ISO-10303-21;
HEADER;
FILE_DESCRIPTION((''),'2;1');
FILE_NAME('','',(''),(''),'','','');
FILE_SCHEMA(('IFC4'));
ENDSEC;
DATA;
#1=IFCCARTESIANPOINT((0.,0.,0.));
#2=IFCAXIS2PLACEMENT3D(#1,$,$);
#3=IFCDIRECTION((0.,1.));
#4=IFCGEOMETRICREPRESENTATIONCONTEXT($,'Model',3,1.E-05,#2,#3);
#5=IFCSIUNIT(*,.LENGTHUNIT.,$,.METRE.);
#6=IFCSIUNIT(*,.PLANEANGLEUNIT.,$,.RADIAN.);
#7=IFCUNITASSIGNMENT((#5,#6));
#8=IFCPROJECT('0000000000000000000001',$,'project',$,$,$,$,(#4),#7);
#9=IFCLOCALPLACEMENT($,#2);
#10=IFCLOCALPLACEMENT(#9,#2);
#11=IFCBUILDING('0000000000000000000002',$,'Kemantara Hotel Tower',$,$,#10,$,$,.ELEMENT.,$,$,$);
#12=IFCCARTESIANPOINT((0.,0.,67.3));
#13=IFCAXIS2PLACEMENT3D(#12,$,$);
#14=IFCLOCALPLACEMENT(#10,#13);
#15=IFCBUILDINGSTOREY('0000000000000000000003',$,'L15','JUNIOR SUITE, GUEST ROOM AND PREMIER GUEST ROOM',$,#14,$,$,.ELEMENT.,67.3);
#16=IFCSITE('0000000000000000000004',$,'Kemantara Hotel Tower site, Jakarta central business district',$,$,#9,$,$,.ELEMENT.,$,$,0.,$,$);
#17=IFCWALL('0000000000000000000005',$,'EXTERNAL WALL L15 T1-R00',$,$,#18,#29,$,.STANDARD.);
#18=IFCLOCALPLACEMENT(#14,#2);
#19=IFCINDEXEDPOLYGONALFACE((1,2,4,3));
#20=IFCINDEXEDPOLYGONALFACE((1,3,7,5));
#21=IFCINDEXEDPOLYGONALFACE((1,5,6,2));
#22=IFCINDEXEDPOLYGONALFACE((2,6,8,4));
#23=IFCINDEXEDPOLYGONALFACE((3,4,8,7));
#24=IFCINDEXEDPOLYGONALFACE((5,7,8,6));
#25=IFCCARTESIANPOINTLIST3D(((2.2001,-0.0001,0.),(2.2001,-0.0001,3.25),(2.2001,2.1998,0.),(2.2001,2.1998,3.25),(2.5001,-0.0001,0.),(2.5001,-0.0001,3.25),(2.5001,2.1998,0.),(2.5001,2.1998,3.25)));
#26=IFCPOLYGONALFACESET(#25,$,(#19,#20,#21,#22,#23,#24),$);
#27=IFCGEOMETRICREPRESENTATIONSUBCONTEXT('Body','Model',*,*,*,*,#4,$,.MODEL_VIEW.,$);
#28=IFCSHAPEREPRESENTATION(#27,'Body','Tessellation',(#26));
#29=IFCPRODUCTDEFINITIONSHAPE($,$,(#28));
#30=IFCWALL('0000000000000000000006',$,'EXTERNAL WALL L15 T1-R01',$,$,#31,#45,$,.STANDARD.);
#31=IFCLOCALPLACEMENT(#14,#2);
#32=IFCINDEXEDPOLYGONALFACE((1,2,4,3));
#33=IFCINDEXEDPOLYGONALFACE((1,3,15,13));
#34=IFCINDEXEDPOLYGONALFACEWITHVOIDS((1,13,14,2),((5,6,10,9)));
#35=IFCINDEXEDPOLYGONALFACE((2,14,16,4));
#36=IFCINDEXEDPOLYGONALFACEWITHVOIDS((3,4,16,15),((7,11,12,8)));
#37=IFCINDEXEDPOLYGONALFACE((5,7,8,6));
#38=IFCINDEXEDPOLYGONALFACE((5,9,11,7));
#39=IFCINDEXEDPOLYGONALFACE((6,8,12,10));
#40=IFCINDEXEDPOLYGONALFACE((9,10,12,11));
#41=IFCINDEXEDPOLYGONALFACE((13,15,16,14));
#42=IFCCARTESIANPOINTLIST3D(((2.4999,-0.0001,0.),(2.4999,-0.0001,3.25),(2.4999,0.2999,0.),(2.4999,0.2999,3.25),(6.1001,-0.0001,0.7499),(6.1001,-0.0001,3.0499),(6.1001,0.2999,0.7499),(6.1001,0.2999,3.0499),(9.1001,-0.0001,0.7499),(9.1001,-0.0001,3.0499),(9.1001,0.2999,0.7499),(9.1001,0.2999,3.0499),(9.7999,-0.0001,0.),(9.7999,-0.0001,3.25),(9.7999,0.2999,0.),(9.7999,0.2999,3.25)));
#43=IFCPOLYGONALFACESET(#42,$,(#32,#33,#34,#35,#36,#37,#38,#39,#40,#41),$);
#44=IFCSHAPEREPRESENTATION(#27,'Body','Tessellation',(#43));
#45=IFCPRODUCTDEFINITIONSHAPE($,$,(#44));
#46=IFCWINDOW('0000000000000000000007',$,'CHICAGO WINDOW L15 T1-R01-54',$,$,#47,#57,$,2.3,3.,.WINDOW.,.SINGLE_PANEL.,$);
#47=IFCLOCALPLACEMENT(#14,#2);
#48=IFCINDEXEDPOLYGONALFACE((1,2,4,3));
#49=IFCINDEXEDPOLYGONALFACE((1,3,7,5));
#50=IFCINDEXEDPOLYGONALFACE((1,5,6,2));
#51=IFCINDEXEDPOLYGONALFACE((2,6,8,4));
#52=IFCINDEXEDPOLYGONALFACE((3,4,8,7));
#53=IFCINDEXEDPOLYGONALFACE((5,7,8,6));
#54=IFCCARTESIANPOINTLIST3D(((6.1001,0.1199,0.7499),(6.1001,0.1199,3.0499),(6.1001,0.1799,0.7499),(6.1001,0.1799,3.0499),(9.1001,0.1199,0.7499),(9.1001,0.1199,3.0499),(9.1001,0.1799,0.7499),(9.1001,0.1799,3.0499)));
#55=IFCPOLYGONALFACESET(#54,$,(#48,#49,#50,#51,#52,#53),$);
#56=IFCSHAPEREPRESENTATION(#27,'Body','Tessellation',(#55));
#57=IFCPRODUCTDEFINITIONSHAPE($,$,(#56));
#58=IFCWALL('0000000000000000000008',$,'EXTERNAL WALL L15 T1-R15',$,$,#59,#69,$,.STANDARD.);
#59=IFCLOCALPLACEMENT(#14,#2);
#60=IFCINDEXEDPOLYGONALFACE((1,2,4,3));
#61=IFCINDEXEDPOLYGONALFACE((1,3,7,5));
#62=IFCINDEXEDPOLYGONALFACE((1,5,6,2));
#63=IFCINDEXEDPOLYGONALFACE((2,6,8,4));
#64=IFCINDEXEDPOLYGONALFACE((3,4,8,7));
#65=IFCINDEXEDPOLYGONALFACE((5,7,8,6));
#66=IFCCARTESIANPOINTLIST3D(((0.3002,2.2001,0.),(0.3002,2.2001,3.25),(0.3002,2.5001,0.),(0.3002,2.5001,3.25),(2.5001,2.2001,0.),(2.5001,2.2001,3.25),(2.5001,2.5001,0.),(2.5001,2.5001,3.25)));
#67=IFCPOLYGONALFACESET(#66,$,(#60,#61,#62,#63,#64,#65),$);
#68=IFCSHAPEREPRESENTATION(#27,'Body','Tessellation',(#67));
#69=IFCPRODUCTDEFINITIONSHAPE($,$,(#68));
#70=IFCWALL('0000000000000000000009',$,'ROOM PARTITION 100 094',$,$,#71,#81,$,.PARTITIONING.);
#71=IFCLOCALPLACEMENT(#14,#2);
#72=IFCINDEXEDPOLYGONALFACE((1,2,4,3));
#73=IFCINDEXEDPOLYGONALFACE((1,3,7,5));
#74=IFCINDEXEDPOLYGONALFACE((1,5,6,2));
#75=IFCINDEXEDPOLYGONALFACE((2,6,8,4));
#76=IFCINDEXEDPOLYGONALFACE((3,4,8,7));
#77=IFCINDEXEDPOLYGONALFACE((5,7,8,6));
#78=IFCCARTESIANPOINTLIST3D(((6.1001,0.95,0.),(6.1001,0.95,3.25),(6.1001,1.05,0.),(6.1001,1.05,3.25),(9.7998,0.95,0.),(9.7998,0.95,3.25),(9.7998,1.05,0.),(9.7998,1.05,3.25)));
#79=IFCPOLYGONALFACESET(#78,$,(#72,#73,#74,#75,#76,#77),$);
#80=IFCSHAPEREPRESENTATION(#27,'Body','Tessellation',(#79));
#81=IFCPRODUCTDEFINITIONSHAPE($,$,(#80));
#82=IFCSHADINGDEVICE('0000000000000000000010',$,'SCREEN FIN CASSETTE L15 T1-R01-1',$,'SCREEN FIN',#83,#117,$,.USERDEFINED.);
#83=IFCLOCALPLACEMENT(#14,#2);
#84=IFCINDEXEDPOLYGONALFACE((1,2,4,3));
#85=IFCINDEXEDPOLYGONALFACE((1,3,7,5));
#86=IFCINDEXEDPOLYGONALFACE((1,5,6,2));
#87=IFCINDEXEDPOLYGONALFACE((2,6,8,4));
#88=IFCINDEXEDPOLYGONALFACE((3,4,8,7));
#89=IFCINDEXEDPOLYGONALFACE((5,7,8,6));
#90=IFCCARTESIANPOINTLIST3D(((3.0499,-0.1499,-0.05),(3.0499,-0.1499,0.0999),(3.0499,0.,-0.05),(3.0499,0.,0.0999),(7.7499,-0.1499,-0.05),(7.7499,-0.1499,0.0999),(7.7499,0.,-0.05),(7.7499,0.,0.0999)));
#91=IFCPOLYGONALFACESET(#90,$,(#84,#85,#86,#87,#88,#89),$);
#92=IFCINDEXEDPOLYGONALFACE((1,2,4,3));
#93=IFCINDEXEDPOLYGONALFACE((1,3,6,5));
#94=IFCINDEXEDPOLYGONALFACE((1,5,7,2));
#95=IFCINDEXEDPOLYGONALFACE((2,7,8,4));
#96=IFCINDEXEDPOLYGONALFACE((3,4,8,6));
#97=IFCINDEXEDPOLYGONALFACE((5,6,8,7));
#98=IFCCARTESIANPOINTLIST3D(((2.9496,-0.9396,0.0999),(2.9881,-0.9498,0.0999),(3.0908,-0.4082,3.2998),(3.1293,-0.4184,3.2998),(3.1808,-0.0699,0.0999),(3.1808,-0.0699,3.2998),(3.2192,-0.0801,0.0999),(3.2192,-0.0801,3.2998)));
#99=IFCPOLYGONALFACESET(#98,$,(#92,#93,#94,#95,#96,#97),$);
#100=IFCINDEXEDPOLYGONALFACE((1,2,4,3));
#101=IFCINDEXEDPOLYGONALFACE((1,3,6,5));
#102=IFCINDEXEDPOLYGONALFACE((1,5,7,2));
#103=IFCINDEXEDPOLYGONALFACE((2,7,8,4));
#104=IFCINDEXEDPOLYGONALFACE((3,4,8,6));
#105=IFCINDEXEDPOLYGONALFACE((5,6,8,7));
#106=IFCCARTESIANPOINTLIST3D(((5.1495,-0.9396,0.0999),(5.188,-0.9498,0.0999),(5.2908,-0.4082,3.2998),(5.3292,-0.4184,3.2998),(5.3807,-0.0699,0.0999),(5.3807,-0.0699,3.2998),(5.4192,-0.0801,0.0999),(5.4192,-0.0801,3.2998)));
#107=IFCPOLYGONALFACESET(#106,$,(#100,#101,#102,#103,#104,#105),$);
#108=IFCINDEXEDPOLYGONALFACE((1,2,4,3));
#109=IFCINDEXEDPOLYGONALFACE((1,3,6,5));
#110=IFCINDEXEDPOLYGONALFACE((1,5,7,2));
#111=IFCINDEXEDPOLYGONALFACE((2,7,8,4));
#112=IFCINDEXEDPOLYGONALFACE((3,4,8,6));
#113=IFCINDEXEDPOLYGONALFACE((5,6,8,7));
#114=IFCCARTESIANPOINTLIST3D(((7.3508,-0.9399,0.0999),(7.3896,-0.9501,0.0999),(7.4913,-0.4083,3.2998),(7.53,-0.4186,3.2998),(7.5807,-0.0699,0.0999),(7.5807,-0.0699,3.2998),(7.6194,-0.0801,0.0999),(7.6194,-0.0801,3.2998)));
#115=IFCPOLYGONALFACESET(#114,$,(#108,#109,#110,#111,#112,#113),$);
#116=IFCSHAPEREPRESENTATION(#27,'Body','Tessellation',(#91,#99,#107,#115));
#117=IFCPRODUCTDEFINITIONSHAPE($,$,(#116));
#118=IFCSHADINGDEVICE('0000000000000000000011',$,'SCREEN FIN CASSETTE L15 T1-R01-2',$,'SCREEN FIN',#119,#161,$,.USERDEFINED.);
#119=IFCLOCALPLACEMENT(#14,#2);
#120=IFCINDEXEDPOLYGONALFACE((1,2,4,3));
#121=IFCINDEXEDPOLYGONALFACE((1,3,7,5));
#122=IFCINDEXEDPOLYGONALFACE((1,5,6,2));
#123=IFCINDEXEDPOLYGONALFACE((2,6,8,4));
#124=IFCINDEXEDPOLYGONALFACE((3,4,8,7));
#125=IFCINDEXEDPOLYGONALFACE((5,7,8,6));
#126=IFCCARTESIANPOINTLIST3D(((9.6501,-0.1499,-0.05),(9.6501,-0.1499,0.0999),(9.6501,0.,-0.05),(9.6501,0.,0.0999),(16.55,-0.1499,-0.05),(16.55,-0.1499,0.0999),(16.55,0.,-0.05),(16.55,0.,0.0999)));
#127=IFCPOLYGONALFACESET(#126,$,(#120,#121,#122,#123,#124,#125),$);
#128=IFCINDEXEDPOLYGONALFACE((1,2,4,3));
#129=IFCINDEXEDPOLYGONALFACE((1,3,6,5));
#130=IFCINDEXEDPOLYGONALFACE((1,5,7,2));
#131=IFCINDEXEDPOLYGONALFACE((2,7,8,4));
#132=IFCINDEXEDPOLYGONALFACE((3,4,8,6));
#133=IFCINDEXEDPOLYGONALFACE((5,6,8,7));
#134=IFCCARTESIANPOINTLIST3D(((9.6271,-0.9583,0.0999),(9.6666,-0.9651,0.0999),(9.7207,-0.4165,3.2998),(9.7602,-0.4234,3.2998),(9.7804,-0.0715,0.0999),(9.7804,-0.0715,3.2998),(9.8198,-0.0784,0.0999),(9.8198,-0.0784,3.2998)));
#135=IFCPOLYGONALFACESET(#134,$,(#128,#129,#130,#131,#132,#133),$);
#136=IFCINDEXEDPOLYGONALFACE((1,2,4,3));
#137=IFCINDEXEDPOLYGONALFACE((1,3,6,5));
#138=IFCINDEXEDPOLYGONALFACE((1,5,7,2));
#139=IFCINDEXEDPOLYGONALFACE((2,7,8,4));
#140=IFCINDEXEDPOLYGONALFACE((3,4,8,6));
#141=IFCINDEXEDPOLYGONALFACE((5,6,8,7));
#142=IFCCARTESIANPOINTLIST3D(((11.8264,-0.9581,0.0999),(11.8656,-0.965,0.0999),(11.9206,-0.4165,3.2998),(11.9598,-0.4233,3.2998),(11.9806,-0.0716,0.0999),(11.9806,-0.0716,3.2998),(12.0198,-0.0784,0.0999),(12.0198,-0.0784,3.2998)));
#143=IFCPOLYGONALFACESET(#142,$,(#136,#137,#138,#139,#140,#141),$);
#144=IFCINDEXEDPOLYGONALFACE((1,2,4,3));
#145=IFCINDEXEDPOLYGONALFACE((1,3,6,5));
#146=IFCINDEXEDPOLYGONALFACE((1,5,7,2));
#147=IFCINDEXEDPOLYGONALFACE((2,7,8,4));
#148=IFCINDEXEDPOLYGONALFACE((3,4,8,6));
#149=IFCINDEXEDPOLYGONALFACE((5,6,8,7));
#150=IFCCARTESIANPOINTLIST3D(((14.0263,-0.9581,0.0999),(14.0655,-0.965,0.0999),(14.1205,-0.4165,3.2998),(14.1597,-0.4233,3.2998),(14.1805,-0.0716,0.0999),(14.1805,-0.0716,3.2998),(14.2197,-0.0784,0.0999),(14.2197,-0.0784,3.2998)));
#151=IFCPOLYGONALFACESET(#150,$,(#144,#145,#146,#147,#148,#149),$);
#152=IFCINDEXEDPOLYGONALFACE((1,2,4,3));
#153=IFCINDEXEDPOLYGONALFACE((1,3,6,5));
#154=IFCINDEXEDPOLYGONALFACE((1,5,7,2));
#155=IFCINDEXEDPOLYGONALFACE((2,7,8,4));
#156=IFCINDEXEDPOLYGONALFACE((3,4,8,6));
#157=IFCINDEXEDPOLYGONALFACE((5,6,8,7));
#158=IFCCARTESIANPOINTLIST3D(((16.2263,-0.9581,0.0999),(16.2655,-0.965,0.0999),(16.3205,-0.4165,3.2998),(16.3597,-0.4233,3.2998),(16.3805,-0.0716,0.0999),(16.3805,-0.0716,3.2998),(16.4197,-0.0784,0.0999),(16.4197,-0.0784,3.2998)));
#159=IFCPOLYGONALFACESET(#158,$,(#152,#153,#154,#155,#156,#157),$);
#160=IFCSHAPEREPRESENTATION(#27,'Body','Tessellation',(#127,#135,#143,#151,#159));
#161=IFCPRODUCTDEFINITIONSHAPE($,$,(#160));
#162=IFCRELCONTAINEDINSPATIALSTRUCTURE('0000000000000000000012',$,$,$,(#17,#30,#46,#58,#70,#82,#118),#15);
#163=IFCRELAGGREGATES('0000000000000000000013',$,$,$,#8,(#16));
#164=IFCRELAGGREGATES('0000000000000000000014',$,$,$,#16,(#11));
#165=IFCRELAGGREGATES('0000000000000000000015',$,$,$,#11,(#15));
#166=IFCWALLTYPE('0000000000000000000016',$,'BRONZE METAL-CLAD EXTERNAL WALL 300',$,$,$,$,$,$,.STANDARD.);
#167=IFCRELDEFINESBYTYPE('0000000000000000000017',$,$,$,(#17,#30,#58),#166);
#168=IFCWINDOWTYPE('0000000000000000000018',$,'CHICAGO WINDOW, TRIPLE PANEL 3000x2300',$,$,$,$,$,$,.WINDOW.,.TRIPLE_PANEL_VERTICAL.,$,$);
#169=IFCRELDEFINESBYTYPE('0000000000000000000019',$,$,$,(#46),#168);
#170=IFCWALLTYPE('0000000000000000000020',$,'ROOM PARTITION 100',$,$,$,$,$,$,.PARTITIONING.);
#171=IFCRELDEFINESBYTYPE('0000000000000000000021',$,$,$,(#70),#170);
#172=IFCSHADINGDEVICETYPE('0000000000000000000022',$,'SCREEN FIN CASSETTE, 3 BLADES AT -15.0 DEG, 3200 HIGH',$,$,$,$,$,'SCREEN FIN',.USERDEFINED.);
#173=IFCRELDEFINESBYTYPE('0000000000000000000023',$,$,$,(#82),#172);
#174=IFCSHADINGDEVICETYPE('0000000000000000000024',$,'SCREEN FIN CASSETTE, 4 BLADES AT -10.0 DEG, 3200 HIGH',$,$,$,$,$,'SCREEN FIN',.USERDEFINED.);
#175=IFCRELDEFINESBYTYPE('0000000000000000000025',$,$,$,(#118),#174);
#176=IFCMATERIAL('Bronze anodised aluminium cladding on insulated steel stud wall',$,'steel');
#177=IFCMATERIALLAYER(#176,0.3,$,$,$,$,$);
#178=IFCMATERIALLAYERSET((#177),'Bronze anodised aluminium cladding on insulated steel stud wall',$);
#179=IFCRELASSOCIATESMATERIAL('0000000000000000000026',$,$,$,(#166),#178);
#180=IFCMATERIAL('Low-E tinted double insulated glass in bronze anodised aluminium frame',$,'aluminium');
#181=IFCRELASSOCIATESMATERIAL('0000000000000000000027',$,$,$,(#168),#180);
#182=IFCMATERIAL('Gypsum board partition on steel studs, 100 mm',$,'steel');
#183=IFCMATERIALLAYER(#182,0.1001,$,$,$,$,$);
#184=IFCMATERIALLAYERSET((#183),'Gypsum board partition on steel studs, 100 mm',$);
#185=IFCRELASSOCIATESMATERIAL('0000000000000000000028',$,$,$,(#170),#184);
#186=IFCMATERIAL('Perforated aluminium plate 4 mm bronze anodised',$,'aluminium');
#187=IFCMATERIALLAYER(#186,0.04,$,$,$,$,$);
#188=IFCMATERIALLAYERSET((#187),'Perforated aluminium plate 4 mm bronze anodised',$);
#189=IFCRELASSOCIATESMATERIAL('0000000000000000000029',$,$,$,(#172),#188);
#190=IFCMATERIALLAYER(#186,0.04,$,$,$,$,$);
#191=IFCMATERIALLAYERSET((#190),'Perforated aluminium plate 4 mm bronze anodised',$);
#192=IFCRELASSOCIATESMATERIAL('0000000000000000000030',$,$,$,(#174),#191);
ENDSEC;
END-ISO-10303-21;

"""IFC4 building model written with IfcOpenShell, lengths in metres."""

from ifc_helpers import new_model, si_unit, direction, frame, frame_2d, origin, origin_2d, place, context, subcontext, project, spatial, polyline, rectangle, outline, extrude, source, transform, mapped, material, layer, layer_set, type_object, element, fill, save


model = new_model("IFC4")

# Units and contexts
model_context = context("Model", 3, precision=1e-05, world=origin(), true_north=direction((0.0, 1.0)))
body_context = subcontext(model_context, "Body", "Model", "MODEL_VIEW")
ifc_project = project(units=[si_unit("LENGTHUNIT", "METRE"), si_unit("PLANEANGLEUNIT", "RADIAN")], contexts=[model_context])

# Site, building, storey
site_placement = place(None, origin())
site = spatial("IfcSite", under=ifc_project, at=site_placement, Name="Kemantara Hotel Tower site, Jakarta central business district", CompositionType="ELEMENT", RefElevation=0.0)
building_placement = place(site_placement, origin())
building = spatial("IfcBuilding", under=site, at=building_placement, Name="Kemantara Hotel Tower", CompositionType="ELEMENT")
storey_placement = place(building_placement, frame((0.0, 0.0, 67.3)))
storey = spatial("IfcBuildingStorey", under=building, at=storey_placement, Name="L15", Description="JUNIOR SUITE, GUEST ROOM AND PREMIER GUEST ROOM", CompositionType="ELEMENT", Elevation=67.3)

# Wall
ifc_material_1 = material(Name="Bronze anodised aluminium cladding on insulated steel stud wall", Category="steel")
ifc_layer_1 = layer(ifc_material_1, 0.3)
ifc_layer_set_1 = layer_set([ifc_layer_1], Name="Bronze anodised aluminium cladding on insulated steel stud wall")
wall_type_1 = type_object("IfcWallType", Name="BRONZE METAL-CLAD EXTERNAL WALL 300", PredefinedType="STANDARD", material=ifc_layer_set_1)
wall_1_placement = place(storey_placement, frame((2.3501, 2.2, 0.0), z_axis=(0.0, 0.0, 1.0), x_axis=(0.0, -1.0, 0.0)))
element("IfcWall", 1, at=wall_1_placement, inside=storey, type_object=wall_type_1, Name="EXTERNAL WALL L15 T1-R00", PredefinedType="STANDARD", context=body_context, shape_type="SweptSolid", body=[
    extrude(rectangle(XDim=2.2, YDim=0.3, at=frame_2d((1.1001, 0.0))), origin(), (0.0, 0.0, 1.0), 3.25),
])

# Wall, opening, window
wall_2_placement = place(storey_placement, frame((2.5, 0.1499, 0.0), z_axis=(0.0, 0.0, 1.0), x_axis=(1.0, 0.0, 0.0)))
wall_2 = element("IfcWall", 2, at=wall_2_placement, inside=storey, type_object=wall_type_1, Name="EXTERNAL WALL L15 T1-R01", PredefinedType="STANDARD", context=body_context, shape_type="SweptSolid", body=[
    extrude(rectangle(XDim=7.3, YDim=0.3, at=frame_2d((3.6499, 0.0))), origin(), (0.0, 0.0, 1.0), 3.25),
])
opening_placement = place(wall_2_placement, frame((3.6001, 0.0, 0.75)))
opening = element("IfcOpeningElement", 3, at=opening_placement, cuts=wall_2, PredefinedType="OPENING", context=body_context, shape_type="SweptSolid", body=[
    extrude(rectangle(XDim=3.0, YDim=2.3, at=frame_2d((1.5, 1.1499))), frame((0.0, 0.1599, 0.0), z_axis=(0.0, -1.0, 0.0), x_axis=(1.0, 0.0, 0.0)), (0.0, 0.0, 1.0), 0.3201),
])
ifc_material_2 = material(Name="Low-E tinted double insulated glass in bronze anodised aluminium frame", Category="aluminium")
window_type = type_object("IfcWindowType", Name="CHICAGO WINDOW, TRIPLE PANEL 3000x2300", PartitioningType="TRIPLE_PANEL_VERTICAL", PredefinedType="WINDOW", material=ifc_material_2)
window_placement = place(opening_placement, origin())
window = element("IfcWindow", 4, at=window_placement, inside=storey, type_object=window_type, Name="CHICAGO WINDOW L15 T1-R01-54", OverallHeight=2.3, OverallWidth=3.0, PartitioningType="SINGLE_PANEL", PredefinedType="WINDOW", context=body_context, shape_type="SweptSolid", body=[
    extrude(rectangle(XDim=3.0, YDim=2.3, at=frame_2d((1.5, 1.1499))), frame((0.0, 0.03, 0.0), z_axis=(0.0, -1.0, 0.0), x_axis=(1.0, 0.0, 0.0)), (0.0, 0.0, 1.0), 0.0601),
])
fill(opening, window)

# Walls
wall_3_placement = place(storey_placement, frame((0.3, 2.3501, 0.0), z_axis=(0.0, 0.0, 1.0), x_axis=(1.0, 0.0, 0.0)))
element("IfcWall", 5, at=wall_3_placement, inside=storey, type_object=wall_type_1, Name="EXTERNAL WALL L15 T1-R15", PredefinedType="STANDARD", context=body_context, shape_type="SweptSolid", body=[
    extrude(rectangle(XDim=2.2, YDim=0.3, at=frame_2d((1.1001, 0.0))), origin(), (0.0, 0.0, 1.0), 3.25),
])
ifc_material_3 = material(Name="Gypsum board partition on steel studs, 100 mm", Category="steel")
ifc_layer_2 = layer(ifc_material_3, 0.1001)
ifc_layer_set_2 = layer_set([ifc_layer_2], Name="Gypsum board partition on steel studs, 100 mm")
wall_type_2 = type_object("IfcWallType", Name="ROOM PARTITION 100", PredefinedType="PARTITIONING", material=ifc_layer_set_2)
wall_4_placement = place(storey_placement, frame((6.1001, 1.0, 0.0), z_axis=(0.0, 0.0, 1.0), x_axis=(1.0, 0.0, 0.0)))
element("IfcWall", 6, at=wall_4_placement, inside=storey, type_object=wall_type_2, Name="ROOM PARTITION 100 094", PredefinedType="PARTITIONING", context=body_context, shape_type="SweptSolid", body=[
    extrude(rectangle(XDim=3.6997, YDim=0.1001, at=frame_2d((1.8499, 0.0))), origin(), (0.0, 0.0, 1.0), 3.25),
])

# Shading devices
ifc_material_4 = material(Name="Perforated aluminium plate 4 mm bronze anodised", Category="aluminium")
ifc_layer_3 = layer(ifc_material_4, 0.04)
ifc_layer_set_3 = layer_set([ifc_layer_3], Name="Perforated aluminium plate 4 mm bronze anodised")
shading_device_type_1 = type_object("IfcShadingDeviceType", Name="SCREEN FIN CASSETTE, 3 BLADES AT -15.0 DEG, 3200 HIGH", ElementType="SCREEN FIN", PredefinedType="USERDEFINED", material=ifc_layer_set_3)
shared_shape_1 = source(origin(), body_context, "Body", "SweptSolid", [
    extrude(rectangle(XDim=4.7, YDim=0.1499, at=origin_2d()), frame((2.2, -0.075, -0.1499), z_axis=(0.0, 0.0, 1.0), x_axis=(1.0, 0.0, 0.0)), (0.0, 0.0, 1.0), 0.1499),
    extrude(outline(polyline([(0.0, 0.0), (0.8999, 0.0), (0.3501, 3.2), (0.0, 3.2), (0.0, 0.0)])), frame((0.0193, -0.0801, 0.0), z_axis=(-0.966438, 0.256901, 0.0), x_axis=(-0.256901, -0.966438, 0.0)), (0.0, 0.0, 1.0), 0.0398),
    extrude(outline(polyline([(0.0, 0.0), (0.8999, 0.0), (0.3501, 3.2), (0.0, 3.2), (0.0, 0.0)])), frame((2.2192, -0.0801, 0.0), z_axis=(-0.966438, 0.256901, 0.0), x_axis=(-0.256901, -0.966438, 0.0)), (0.0, 0.0, 1.0), 0.0398),
    extrude(outline(polyline([(0.0, 0.0), (0.8999, 0.0), (0.3501, 3.2), (0.0, 3.2), (0.0, 0.0)])), frame((4.4194, -0.0801, 0.0), z_axis=(-0.966838, 0.255391, 0.0), x_axis=(-0.255391, -0.966838, 0.0)), (0.0, 0.0, 1.0), 0.04),
])
shading_device_1_placement = place(storey_placement, frame((3.2, 0.0, 0.0999), z_axis=(0.0, 0.0, 1.0), x_axis=(1.0, 0.0, 0.0)))
element("IfcShadingDevice", 7, at=shading_device_1_placement, inside=storey, type_object=shading_device_type_1, Name="SCREEN FIN CASSETTE L15 T1-R01-1", ObjectType="SCREEN FIN", PredefinedType="USERDEFINED", context=body_context, shape_type="MappedRepresentation", body=[
    mapped(shared_shape_1, transform((0.0, 0.0, 0.0))),
])
ifc_layer_4 = layer(ifc_material_4, 0.04)
ifc_layer_set_4 = layer_set([ifc_layer_4], Name="Perforated aluminium plate 4 mm bronze anodised")
shading_device_type_2 = type_object("IfcShadingDeviceType", Name="SCREEN FIN CASSETTE, 4 BLADES AT -10.0 DEG, 3200 HIGH", ElementType="SCREEN FIN", PredefinedType="USERDEFINED", material=ifc_layer_set_4)
shared_shape_2 = source(origin(), body_context, "Body", "SweptSolid", [
    extrude(rectangle(XDim=6.8999, YDim=0.1499, at=origin_2d()), frame((3.3, -0.075, -0.1499), z_axis=(0.0, 0.0, 1.0), x_axis=(1.0, 0.0, 0.0)), (0.0, 0.0, 1.0), 0.1499),
    extrude(outline(polyline([(0.0, 0.0), (0.8999, 0.0), (0.3501, 3.2), (0.0, 3.2), (0.0, 0.0)])), frame((0.0198, -0.0784, 0.0), z_axis=(-0.98539, 0.170314, 0.0), x_axis=(-0.170314, -0.98539, 0.0)), (0.0, 0.0, 1.0), 0.04),
    extrude(outline(polyline([(0.0, 0.0), (0.8999, 0.0), (0.3501, 3.2), (0.0, 3.2), (0.0, 0.0)])), frame((2.2197, -0.0784, 0.0), z_axis=(-0.985212, 0.171341, 0.0), x_axis=(-0.171341, -0.985212, 0.0)), (0.0, 0.0, 1.0), 0.0398),
    extrude(outline(polyline([(0.0, 0.0), (0.8999, 0.0), (0.3501, 3.2), (0.0, 3.2), (0.0, 0.0)])), frame((4.4197, -0.0784, 0.0), z_axis=(-0.985212, 0.171341, 0.0), x_axis=(-0.171341, -0.985212, 0.0)), (0.0, 0.0, 1.0), 0.0398),
    extrude(outline(polyline([(0.0, 0.0), (0.8999, 0.0), (0.3501, 3.2), (0.0, 3.2), (0.0, 0.0)])), frame((6.6196, -0.0784, 0.0), z_axis=(-0.985212, 0.171341, 0.0), x_axis=(-0.171341, -0.985212, 0.0)), (0.0, 0.0, 1.0), 0.0398),
])
shading_device_2_placement = place(storey_placement, frame((9.8, 0.0, 0.0999), z_axis=(0.0, 0.0, 1.0), x_axis=(1.0, 0.0, 0.0)))
element("IfcShadingDevice", 8, at=shading_device_2_placement, inside=storey, type_object=shading_device_type_2, Name="SCREEN FIN CASSETTE L15 T1-R01-2", ObjectType="SCREEN FIN", PredefinedType="USERDEFINED", context=body_context, shape_type="MappedRepresentation", body=[
    mapped(shared_shape_2, transform((0.0, 0.0, 0.0))),
])

save(model, "model.ifc")
